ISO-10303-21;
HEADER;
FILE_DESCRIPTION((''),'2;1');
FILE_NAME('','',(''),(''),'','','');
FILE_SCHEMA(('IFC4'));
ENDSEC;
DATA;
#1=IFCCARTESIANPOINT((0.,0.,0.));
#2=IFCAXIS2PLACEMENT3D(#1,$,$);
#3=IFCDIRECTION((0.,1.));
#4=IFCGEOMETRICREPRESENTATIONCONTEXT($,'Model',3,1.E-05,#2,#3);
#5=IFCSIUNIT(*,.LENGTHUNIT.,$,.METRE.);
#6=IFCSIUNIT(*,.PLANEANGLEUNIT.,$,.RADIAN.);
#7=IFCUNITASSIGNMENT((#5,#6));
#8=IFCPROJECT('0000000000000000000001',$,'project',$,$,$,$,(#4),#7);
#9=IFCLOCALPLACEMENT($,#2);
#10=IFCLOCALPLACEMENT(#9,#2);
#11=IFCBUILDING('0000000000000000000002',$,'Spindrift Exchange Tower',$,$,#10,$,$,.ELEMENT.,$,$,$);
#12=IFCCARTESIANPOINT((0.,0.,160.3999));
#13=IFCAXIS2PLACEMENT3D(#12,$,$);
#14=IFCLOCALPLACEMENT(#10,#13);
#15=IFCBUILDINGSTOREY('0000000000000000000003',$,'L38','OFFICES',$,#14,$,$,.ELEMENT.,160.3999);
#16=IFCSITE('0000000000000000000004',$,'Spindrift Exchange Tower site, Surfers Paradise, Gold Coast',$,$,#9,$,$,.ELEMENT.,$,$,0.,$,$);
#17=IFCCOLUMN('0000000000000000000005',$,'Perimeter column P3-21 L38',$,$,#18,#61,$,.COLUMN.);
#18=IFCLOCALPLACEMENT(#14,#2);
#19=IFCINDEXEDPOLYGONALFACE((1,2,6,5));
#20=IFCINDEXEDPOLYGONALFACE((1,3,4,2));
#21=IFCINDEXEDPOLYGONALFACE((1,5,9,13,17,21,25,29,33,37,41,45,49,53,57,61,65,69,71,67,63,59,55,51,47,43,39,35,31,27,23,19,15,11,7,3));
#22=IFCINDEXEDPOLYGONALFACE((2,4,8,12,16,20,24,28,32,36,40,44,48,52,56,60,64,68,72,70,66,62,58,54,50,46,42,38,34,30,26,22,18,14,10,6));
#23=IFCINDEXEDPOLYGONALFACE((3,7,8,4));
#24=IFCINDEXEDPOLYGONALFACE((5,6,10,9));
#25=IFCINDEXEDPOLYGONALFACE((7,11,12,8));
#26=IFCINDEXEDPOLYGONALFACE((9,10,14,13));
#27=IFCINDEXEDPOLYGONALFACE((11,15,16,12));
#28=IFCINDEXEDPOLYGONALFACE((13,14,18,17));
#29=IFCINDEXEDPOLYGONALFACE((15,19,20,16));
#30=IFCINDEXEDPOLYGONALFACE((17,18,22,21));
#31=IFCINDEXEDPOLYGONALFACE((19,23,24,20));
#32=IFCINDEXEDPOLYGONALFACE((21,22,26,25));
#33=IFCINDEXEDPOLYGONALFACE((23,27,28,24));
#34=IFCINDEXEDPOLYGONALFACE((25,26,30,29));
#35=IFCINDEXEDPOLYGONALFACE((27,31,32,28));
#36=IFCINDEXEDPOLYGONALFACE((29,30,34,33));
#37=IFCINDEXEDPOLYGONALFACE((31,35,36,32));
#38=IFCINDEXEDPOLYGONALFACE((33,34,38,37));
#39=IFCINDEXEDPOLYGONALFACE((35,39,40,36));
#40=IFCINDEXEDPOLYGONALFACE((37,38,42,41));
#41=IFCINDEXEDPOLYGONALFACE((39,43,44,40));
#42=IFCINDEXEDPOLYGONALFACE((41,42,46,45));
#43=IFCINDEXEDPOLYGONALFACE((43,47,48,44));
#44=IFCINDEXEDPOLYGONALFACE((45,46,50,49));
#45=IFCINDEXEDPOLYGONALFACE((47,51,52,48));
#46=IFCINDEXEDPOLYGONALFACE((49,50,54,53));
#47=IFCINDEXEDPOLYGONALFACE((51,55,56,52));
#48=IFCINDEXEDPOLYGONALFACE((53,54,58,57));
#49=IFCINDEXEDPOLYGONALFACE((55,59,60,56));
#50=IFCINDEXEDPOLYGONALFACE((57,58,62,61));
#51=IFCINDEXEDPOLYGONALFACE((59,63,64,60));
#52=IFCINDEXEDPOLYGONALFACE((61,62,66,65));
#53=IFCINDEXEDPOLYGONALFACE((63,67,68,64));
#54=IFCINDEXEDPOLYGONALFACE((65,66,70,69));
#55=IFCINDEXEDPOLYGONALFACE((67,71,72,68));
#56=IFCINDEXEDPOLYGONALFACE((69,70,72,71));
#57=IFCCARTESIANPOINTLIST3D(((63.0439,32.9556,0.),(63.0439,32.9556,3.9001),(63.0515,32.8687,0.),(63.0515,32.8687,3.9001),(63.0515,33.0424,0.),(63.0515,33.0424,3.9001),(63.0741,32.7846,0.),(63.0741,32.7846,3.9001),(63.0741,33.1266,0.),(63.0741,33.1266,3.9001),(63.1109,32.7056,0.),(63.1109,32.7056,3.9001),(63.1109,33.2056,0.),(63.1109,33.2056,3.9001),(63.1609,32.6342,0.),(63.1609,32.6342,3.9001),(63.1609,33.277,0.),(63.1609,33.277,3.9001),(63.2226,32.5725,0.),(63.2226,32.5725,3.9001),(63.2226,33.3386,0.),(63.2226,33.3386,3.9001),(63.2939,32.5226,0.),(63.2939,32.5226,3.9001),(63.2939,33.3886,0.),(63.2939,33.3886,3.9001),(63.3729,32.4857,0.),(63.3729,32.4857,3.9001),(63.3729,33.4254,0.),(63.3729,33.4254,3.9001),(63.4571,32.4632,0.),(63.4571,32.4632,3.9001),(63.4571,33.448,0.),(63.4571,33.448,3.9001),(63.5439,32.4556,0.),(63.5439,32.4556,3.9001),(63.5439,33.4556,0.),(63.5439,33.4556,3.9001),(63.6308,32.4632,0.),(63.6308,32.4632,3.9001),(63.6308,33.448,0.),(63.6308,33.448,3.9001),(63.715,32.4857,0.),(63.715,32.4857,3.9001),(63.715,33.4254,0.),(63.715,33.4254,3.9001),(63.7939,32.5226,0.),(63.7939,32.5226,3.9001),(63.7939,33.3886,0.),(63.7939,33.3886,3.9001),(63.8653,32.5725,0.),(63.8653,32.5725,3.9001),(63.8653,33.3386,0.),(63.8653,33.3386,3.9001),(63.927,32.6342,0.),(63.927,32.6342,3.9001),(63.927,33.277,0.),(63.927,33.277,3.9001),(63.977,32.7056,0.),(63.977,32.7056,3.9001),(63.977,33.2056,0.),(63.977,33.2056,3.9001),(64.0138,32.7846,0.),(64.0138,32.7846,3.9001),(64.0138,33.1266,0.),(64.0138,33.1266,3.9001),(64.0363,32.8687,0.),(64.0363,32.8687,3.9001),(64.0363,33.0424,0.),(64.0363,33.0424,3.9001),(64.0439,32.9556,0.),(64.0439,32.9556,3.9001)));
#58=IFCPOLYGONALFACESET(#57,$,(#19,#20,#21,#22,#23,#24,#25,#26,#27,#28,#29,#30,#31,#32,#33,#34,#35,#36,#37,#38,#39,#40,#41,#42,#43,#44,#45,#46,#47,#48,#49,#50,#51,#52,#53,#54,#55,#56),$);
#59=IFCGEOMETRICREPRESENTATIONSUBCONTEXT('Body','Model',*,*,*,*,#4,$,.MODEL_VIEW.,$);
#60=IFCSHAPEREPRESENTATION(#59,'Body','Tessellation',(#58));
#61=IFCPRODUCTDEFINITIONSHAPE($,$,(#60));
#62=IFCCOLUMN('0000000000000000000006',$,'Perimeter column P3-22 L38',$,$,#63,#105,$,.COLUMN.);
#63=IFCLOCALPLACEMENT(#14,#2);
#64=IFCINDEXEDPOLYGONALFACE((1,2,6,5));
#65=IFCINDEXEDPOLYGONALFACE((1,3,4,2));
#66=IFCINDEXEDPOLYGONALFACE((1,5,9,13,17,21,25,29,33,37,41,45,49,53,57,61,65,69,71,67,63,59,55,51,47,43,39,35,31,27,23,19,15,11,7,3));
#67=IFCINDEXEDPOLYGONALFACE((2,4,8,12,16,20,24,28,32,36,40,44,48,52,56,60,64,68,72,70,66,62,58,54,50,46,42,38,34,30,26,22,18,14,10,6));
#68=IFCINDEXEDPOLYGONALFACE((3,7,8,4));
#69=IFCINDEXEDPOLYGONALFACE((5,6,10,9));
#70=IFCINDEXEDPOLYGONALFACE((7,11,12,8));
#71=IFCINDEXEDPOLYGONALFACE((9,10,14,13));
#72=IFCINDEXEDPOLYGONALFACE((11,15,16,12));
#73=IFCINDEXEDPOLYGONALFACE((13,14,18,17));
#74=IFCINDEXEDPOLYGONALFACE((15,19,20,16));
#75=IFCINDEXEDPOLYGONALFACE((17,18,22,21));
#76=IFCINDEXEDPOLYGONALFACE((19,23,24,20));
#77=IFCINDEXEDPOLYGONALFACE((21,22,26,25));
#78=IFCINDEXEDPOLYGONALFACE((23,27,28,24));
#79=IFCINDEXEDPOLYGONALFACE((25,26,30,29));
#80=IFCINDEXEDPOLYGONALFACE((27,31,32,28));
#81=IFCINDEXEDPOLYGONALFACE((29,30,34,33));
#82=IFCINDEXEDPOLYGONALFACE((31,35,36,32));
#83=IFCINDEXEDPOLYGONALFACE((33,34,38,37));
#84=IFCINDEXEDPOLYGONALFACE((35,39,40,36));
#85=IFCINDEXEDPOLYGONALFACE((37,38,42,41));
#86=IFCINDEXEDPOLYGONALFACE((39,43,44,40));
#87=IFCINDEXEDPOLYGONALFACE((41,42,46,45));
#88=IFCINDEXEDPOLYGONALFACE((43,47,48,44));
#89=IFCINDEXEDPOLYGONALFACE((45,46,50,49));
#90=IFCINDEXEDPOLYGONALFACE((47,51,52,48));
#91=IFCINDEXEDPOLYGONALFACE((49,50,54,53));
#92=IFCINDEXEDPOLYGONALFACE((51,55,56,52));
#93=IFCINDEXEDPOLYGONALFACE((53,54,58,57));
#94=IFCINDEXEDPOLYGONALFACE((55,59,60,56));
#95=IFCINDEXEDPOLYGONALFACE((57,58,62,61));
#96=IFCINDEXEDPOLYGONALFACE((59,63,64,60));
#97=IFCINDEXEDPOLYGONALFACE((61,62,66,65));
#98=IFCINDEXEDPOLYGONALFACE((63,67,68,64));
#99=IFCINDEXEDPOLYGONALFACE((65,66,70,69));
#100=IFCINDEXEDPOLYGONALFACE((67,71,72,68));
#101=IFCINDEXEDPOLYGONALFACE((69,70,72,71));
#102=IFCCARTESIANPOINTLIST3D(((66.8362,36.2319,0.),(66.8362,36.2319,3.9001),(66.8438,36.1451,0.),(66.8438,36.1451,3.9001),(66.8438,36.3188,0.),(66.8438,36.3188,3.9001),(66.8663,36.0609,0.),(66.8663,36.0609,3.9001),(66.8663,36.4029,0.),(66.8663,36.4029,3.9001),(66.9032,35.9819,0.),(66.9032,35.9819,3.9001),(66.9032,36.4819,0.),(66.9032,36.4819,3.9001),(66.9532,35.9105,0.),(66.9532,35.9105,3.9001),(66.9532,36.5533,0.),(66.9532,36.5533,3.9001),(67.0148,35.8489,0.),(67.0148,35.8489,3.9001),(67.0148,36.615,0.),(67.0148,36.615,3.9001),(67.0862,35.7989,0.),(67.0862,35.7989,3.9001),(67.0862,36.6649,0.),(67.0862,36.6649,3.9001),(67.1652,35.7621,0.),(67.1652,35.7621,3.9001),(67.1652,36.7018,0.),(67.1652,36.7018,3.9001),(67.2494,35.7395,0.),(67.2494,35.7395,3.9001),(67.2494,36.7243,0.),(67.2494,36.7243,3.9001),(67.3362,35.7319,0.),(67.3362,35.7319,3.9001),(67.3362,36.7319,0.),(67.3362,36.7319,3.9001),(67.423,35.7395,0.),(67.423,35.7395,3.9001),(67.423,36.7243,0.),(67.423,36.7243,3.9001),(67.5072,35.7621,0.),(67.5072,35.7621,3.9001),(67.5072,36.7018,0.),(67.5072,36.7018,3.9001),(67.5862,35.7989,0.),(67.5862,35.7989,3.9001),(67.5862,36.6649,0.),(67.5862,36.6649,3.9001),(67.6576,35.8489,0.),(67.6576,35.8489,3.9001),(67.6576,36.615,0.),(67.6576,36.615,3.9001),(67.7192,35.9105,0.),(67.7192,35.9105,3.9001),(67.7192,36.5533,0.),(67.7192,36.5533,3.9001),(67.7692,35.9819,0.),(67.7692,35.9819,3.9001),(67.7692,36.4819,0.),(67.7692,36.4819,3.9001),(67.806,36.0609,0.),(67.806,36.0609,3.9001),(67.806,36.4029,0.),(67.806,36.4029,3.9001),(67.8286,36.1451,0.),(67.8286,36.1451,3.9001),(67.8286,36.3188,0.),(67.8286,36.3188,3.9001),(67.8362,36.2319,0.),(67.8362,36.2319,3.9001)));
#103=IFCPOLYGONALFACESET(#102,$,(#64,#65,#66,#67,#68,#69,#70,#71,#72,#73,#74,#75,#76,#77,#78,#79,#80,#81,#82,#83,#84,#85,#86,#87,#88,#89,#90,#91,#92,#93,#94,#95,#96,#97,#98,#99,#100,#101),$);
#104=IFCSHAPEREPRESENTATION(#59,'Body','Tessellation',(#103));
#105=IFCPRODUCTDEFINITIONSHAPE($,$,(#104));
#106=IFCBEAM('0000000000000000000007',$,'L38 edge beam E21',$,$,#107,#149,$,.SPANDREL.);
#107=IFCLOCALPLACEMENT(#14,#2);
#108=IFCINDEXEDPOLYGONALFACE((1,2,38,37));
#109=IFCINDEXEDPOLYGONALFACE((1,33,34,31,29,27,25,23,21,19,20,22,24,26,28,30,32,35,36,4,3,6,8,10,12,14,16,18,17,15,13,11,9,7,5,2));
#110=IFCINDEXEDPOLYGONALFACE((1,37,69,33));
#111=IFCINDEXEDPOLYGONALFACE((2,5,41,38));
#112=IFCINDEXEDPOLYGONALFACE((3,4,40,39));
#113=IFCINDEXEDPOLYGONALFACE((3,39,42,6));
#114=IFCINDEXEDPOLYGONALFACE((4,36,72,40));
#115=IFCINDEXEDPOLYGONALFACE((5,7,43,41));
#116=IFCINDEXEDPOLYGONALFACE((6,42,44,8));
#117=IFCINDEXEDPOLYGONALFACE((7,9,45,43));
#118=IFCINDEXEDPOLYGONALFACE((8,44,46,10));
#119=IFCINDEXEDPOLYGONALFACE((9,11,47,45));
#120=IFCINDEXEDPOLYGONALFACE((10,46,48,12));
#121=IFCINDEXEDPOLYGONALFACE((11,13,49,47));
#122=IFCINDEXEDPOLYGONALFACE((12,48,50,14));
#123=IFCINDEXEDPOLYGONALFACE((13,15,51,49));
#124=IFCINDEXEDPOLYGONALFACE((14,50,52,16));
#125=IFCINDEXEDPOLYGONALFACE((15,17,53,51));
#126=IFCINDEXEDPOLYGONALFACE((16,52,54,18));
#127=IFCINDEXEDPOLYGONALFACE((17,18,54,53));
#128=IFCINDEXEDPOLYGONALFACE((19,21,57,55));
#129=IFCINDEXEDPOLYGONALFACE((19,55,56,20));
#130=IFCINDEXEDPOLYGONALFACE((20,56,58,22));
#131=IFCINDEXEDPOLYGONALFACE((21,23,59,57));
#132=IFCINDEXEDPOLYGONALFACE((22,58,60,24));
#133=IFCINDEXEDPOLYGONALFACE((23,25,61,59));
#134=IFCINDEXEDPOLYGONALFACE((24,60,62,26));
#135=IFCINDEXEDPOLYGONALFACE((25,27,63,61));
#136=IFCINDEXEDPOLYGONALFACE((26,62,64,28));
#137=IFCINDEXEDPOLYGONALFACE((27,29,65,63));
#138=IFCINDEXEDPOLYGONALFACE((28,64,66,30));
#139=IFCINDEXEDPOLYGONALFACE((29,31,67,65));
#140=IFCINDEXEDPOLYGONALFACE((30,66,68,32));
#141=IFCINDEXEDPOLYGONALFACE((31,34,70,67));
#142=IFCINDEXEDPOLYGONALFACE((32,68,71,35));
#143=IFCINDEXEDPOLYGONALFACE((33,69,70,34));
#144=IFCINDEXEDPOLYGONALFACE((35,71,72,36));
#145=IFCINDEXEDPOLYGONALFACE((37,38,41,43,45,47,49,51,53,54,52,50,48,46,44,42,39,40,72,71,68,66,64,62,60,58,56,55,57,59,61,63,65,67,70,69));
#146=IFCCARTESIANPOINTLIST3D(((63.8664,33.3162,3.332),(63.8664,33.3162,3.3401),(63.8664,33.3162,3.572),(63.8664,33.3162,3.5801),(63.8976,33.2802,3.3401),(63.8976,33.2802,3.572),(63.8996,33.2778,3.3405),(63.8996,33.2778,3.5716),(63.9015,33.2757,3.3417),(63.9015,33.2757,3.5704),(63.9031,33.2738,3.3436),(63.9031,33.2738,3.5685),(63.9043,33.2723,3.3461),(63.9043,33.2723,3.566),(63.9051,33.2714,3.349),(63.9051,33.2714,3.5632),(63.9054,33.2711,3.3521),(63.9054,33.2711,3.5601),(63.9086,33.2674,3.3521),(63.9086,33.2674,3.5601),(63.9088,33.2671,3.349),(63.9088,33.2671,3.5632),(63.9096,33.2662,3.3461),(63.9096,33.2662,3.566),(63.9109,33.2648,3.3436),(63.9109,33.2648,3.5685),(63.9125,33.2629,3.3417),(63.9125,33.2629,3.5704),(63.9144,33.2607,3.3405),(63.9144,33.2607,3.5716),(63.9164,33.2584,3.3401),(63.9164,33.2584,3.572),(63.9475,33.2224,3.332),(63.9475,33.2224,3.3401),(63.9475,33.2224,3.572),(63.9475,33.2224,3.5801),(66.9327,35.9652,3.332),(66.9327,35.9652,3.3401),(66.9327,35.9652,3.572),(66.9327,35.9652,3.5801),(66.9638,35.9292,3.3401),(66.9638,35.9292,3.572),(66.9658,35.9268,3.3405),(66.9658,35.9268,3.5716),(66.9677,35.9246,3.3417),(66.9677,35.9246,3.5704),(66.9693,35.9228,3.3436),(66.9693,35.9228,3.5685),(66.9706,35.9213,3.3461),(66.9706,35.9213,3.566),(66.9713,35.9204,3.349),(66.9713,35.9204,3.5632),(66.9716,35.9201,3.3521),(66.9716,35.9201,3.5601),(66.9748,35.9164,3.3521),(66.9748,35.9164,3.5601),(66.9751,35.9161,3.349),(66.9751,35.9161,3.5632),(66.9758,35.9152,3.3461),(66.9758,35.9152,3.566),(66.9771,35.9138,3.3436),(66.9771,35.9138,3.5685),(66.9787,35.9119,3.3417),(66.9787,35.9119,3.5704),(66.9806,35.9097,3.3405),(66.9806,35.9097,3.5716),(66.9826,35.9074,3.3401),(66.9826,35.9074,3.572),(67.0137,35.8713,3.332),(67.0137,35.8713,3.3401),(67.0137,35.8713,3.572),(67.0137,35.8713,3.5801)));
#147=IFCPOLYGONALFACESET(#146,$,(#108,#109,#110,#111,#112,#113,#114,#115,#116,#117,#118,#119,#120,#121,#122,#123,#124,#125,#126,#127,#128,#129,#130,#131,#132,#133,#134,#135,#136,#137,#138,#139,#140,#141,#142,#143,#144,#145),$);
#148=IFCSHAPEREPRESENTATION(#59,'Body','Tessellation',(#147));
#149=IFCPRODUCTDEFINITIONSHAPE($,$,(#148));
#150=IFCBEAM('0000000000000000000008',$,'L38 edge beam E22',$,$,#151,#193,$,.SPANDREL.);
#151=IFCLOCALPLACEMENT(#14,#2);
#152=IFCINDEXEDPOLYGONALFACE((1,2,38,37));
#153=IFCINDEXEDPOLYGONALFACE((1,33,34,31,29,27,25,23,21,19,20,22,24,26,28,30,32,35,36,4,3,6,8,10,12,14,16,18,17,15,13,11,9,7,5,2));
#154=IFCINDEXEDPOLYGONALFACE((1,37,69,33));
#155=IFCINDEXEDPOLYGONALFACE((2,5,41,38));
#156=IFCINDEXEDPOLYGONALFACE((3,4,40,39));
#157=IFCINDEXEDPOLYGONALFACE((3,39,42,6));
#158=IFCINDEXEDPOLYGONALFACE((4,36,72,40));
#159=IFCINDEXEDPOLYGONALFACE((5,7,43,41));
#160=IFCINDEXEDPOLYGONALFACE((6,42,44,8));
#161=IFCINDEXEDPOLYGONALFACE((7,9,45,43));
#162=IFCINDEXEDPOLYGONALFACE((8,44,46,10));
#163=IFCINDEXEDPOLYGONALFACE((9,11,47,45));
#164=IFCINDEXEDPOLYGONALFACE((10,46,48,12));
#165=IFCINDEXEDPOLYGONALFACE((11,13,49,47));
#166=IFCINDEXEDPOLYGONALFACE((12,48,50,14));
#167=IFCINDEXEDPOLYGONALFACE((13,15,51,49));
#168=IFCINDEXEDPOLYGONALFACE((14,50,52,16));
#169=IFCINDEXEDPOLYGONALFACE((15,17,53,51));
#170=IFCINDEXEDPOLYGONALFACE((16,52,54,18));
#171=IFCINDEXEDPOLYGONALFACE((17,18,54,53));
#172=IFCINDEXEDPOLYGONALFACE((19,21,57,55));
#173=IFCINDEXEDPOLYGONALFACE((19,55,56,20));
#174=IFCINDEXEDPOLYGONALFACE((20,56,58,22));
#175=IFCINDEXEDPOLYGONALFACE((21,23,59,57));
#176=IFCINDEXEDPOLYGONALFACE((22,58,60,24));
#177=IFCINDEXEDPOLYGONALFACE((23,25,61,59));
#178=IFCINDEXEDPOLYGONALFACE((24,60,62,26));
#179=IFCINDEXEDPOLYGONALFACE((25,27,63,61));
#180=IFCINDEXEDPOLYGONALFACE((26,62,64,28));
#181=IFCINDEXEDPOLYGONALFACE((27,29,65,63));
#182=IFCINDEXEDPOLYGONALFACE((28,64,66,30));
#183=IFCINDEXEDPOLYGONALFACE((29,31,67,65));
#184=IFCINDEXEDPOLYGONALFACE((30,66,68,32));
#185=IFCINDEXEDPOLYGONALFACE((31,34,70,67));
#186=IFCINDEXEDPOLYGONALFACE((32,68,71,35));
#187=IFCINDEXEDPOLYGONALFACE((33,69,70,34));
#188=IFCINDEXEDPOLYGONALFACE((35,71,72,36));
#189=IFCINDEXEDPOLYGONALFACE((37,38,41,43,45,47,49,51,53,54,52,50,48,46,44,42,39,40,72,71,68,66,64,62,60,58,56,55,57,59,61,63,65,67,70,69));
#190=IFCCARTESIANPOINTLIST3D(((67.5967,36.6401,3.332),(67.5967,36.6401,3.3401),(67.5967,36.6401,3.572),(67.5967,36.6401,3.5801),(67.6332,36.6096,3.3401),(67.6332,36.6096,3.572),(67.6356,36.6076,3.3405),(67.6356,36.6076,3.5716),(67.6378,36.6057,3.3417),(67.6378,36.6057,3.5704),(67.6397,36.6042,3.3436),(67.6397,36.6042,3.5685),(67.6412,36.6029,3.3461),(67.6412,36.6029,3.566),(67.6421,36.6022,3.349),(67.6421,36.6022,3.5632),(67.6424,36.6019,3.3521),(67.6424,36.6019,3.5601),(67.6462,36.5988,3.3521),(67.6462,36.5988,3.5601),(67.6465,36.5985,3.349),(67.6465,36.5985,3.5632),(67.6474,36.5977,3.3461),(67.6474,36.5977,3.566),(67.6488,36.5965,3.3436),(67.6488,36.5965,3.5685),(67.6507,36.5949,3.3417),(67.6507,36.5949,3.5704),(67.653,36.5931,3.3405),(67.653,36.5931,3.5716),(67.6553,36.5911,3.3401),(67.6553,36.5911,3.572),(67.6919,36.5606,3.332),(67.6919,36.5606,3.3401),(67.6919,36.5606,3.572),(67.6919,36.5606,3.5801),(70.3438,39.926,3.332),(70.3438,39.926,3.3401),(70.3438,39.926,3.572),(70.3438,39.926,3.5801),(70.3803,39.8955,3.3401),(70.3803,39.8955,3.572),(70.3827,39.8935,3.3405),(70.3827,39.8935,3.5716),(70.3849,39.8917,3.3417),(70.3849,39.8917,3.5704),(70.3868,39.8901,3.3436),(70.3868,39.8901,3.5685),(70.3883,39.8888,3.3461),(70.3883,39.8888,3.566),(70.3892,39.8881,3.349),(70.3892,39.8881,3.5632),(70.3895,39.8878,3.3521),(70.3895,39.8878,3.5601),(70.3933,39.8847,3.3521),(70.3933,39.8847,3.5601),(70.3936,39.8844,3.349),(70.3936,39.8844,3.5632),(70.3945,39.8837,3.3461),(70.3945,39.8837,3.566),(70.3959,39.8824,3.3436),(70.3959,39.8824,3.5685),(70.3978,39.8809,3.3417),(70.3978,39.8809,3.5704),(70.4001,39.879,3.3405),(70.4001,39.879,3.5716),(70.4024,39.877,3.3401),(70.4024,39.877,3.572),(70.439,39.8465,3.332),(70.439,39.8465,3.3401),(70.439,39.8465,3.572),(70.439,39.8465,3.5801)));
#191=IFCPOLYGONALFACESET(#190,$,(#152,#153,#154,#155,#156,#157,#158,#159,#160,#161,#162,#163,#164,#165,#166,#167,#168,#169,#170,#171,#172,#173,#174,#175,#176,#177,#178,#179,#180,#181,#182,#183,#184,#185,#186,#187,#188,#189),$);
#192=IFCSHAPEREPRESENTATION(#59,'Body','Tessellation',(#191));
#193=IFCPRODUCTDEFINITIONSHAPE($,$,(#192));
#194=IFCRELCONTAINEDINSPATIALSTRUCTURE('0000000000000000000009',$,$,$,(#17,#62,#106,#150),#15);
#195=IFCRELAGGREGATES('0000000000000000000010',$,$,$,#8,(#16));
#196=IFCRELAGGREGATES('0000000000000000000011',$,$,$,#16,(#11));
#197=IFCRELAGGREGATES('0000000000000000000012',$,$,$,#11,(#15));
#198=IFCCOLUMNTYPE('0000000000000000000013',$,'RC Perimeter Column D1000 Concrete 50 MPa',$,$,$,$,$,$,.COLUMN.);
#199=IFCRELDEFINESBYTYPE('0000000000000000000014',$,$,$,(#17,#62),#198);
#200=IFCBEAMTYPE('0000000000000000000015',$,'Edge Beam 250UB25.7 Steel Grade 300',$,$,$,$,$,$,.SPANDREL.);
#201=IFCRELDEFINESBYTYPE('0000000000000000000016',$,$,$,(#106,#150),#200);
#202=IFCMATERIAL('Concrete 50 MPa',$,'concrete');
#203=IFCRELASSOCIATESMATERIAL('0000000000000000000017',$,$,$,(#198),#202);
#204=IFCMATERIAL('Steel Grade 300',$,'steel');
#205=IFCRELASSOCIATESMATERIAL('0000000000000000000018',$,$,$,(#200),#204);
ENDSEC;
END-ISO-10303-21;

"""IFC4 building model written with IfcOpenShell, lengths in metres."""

from ifc_helpers import new_model, si_unit, direction, frame, origin, origin_2d, place, context, subcontext, project, spatial, circle, i_section, extrude, source, transform, mapped, material, material_profile, profile_set, type_object, element, save


model = new_model("IFC4")

# Units and contexts
model_context = context("Model", 3, precision=1e-05, world=origin(), true_north=direction((0.0, 1.0)))
body_context = subcontext(model_context, "Body", "Model", "MODEL_VIEW")
ifc_project = project(units=[si_unit("LENGTHUNIT", "METRE"), si_unit("PLANEANGLEUNIT", "RADIAN")], contexts=[model_context])

# Site, building, storey
site_placement = place(None, origin())
site = spatial("IfcSite", under=ifc_project, at=site_placement, Name="Spindrift Exchange Tower site, Surfers Paradise, Gold Coast", CompositionType="ELEMENT", RefElevation=0.0)
building_placement = place(site_placement, origin())
building = spatial("IfcBuilding", under=site, at=building_placement, Name="Spindrift Exchange Tower", CompositionType="ELEMENT")
storey_placement = place(building_placement, frame((0.0, 0.0, 160.3999)))
storey = spatial("IfcBuildingStorey", under=building, at=storey_placement, Name="L38", Description="OFFICES", CompositionType="ELEMENT", Elevation=160.3999)

# Columns
ifc_material_1 = material(Name="Concrete 50 MPa", Category="concrete")
ifc_material_profile_1 = material_profile(ifc_material_1, circle(Radius=0.5, at=origin_2d()), Name="RC D1000")
ifc_profile_set_1 = profile_set([ifc_material_profile_1], Name="Concrete 50 MPa")
column_type = type_object("IfcColumnType", Name="RC Perimeter Column D1000 Concrete 50 MPa", PredefinedType="COLUMN", material=ifc_profile_set_1)
shared_shape_1 = source(origin(), body_context, "Body", "SweptSolid", [
    extrude(circle(Radius=0.5, at=origin_2d()), origin(), (0.0, 0.0, 1.0), 3.9001),
])
for number, where, z_axis, x_axis, name in (
    (1, (63.5439, 32.9556, 0.0), (0.0, 0.0, 1.0), (1.0, 0.0, 0.0), "Perimeter column P3-21 L38"),
    (2, (67.3362, 36.2319, 0.0), (0.0, 0.0, 1.0), (1.0, 0.0, 0.0), "Perimeter column P3-22 L38"),
):
    element("IfcColumn", number, at=place(storey_placement, frame(where, z_axis=z_axis, x_axis=x_axis)), inside=storey, type_object=column_type, Name=name, PredefinedType="COLUMN", context=body_context, shape_type="MappedRepresentation", body=[
        mapped(shared_shape_1, transform((0.0, 0.0, 0.0), scale=1.0)),
    ])

# Beams
ifc_material_2 = material(Name="Steel Grade 300", Category="steel")
ifc_material_profile_2 = material_profile(ifc_material_2, i_section(OverallWidth=0.124, OverallDepth=0.248, WebThickness=0.0049, FlangeThickness=0.0081, FilletRadius=0.012, at=origin_2d()), Name="250UB25.7")
ifc_profile_set_2 = profile_set([ifc_material_profile_2], Name="Steel Grade 300")
beam_type = type_object("IfcBeamType", Name="Edge Beam 250UB25.7 Steel Grade 300", PredefinedType="SPANDREL", material=ifc_profile_set_2)
shared_shape_2 = source(origin(), body_context, "Body", "SweptSolid", [
    extrude(i_section(OverallWidth=0.124, OverallDepth=0.248, WebThickness=0.0049, FlangeThickness=0.0081, FilletRadius=0.012, at=origin_2d()), origin(), (0.0, 0.0, 1.0), 4.052),
])
beam_1_placement = place(storey_placement, frame((63.907, 33.2693, 3.4561), z_axis=(0.756716, 0.653744, 0.0), x_axis=(-0.653744, 0.756716, 0.0)))
element("IfcBeam", 3, at=beam_1_placement, inside=storey, type_object=beam_type, Name="L38 edge beam E21", PredefinedType="SPANDREL", context=body_context, shape_type="MappedRepresentation", body=[
    mapped(shared_shape_2, transform((0.0, 0.0, 0.0), scale=1.0)),
])
shared_shape_3 = source(origin(), body_context, "Body", "SweptSolid", [
    extrude(i_section(OverallWidth=0.124, OverallDepth=0.248, WebThickness=0.0049, FlangeThickness=0.0081, FilletRadius=0.012, at=origin_2d()), origin(), (0.0, 0.0, 1.0), 4.283),
])
beam_2_placement = place(storey_placement, frame((67.6443, 36.6003, 3.4561), z_axis=(0.6414, 0.767206, 0.0), x_axis=(-0.767206, 0.6414, 0.0)))
element("IfcBeam", 4, at=beam_2_placement, inside=storey, type_object=beam_type, Name="L38 edge beam E22", PredefinedType="SPANDREL", context=body_context, shape_type="MappedRepresentation", body=[
    mapped(shared_shape_3, transform((0.0, 0.0, 0.0), scale=1.0)),
])

save(model, "model.ifc")
